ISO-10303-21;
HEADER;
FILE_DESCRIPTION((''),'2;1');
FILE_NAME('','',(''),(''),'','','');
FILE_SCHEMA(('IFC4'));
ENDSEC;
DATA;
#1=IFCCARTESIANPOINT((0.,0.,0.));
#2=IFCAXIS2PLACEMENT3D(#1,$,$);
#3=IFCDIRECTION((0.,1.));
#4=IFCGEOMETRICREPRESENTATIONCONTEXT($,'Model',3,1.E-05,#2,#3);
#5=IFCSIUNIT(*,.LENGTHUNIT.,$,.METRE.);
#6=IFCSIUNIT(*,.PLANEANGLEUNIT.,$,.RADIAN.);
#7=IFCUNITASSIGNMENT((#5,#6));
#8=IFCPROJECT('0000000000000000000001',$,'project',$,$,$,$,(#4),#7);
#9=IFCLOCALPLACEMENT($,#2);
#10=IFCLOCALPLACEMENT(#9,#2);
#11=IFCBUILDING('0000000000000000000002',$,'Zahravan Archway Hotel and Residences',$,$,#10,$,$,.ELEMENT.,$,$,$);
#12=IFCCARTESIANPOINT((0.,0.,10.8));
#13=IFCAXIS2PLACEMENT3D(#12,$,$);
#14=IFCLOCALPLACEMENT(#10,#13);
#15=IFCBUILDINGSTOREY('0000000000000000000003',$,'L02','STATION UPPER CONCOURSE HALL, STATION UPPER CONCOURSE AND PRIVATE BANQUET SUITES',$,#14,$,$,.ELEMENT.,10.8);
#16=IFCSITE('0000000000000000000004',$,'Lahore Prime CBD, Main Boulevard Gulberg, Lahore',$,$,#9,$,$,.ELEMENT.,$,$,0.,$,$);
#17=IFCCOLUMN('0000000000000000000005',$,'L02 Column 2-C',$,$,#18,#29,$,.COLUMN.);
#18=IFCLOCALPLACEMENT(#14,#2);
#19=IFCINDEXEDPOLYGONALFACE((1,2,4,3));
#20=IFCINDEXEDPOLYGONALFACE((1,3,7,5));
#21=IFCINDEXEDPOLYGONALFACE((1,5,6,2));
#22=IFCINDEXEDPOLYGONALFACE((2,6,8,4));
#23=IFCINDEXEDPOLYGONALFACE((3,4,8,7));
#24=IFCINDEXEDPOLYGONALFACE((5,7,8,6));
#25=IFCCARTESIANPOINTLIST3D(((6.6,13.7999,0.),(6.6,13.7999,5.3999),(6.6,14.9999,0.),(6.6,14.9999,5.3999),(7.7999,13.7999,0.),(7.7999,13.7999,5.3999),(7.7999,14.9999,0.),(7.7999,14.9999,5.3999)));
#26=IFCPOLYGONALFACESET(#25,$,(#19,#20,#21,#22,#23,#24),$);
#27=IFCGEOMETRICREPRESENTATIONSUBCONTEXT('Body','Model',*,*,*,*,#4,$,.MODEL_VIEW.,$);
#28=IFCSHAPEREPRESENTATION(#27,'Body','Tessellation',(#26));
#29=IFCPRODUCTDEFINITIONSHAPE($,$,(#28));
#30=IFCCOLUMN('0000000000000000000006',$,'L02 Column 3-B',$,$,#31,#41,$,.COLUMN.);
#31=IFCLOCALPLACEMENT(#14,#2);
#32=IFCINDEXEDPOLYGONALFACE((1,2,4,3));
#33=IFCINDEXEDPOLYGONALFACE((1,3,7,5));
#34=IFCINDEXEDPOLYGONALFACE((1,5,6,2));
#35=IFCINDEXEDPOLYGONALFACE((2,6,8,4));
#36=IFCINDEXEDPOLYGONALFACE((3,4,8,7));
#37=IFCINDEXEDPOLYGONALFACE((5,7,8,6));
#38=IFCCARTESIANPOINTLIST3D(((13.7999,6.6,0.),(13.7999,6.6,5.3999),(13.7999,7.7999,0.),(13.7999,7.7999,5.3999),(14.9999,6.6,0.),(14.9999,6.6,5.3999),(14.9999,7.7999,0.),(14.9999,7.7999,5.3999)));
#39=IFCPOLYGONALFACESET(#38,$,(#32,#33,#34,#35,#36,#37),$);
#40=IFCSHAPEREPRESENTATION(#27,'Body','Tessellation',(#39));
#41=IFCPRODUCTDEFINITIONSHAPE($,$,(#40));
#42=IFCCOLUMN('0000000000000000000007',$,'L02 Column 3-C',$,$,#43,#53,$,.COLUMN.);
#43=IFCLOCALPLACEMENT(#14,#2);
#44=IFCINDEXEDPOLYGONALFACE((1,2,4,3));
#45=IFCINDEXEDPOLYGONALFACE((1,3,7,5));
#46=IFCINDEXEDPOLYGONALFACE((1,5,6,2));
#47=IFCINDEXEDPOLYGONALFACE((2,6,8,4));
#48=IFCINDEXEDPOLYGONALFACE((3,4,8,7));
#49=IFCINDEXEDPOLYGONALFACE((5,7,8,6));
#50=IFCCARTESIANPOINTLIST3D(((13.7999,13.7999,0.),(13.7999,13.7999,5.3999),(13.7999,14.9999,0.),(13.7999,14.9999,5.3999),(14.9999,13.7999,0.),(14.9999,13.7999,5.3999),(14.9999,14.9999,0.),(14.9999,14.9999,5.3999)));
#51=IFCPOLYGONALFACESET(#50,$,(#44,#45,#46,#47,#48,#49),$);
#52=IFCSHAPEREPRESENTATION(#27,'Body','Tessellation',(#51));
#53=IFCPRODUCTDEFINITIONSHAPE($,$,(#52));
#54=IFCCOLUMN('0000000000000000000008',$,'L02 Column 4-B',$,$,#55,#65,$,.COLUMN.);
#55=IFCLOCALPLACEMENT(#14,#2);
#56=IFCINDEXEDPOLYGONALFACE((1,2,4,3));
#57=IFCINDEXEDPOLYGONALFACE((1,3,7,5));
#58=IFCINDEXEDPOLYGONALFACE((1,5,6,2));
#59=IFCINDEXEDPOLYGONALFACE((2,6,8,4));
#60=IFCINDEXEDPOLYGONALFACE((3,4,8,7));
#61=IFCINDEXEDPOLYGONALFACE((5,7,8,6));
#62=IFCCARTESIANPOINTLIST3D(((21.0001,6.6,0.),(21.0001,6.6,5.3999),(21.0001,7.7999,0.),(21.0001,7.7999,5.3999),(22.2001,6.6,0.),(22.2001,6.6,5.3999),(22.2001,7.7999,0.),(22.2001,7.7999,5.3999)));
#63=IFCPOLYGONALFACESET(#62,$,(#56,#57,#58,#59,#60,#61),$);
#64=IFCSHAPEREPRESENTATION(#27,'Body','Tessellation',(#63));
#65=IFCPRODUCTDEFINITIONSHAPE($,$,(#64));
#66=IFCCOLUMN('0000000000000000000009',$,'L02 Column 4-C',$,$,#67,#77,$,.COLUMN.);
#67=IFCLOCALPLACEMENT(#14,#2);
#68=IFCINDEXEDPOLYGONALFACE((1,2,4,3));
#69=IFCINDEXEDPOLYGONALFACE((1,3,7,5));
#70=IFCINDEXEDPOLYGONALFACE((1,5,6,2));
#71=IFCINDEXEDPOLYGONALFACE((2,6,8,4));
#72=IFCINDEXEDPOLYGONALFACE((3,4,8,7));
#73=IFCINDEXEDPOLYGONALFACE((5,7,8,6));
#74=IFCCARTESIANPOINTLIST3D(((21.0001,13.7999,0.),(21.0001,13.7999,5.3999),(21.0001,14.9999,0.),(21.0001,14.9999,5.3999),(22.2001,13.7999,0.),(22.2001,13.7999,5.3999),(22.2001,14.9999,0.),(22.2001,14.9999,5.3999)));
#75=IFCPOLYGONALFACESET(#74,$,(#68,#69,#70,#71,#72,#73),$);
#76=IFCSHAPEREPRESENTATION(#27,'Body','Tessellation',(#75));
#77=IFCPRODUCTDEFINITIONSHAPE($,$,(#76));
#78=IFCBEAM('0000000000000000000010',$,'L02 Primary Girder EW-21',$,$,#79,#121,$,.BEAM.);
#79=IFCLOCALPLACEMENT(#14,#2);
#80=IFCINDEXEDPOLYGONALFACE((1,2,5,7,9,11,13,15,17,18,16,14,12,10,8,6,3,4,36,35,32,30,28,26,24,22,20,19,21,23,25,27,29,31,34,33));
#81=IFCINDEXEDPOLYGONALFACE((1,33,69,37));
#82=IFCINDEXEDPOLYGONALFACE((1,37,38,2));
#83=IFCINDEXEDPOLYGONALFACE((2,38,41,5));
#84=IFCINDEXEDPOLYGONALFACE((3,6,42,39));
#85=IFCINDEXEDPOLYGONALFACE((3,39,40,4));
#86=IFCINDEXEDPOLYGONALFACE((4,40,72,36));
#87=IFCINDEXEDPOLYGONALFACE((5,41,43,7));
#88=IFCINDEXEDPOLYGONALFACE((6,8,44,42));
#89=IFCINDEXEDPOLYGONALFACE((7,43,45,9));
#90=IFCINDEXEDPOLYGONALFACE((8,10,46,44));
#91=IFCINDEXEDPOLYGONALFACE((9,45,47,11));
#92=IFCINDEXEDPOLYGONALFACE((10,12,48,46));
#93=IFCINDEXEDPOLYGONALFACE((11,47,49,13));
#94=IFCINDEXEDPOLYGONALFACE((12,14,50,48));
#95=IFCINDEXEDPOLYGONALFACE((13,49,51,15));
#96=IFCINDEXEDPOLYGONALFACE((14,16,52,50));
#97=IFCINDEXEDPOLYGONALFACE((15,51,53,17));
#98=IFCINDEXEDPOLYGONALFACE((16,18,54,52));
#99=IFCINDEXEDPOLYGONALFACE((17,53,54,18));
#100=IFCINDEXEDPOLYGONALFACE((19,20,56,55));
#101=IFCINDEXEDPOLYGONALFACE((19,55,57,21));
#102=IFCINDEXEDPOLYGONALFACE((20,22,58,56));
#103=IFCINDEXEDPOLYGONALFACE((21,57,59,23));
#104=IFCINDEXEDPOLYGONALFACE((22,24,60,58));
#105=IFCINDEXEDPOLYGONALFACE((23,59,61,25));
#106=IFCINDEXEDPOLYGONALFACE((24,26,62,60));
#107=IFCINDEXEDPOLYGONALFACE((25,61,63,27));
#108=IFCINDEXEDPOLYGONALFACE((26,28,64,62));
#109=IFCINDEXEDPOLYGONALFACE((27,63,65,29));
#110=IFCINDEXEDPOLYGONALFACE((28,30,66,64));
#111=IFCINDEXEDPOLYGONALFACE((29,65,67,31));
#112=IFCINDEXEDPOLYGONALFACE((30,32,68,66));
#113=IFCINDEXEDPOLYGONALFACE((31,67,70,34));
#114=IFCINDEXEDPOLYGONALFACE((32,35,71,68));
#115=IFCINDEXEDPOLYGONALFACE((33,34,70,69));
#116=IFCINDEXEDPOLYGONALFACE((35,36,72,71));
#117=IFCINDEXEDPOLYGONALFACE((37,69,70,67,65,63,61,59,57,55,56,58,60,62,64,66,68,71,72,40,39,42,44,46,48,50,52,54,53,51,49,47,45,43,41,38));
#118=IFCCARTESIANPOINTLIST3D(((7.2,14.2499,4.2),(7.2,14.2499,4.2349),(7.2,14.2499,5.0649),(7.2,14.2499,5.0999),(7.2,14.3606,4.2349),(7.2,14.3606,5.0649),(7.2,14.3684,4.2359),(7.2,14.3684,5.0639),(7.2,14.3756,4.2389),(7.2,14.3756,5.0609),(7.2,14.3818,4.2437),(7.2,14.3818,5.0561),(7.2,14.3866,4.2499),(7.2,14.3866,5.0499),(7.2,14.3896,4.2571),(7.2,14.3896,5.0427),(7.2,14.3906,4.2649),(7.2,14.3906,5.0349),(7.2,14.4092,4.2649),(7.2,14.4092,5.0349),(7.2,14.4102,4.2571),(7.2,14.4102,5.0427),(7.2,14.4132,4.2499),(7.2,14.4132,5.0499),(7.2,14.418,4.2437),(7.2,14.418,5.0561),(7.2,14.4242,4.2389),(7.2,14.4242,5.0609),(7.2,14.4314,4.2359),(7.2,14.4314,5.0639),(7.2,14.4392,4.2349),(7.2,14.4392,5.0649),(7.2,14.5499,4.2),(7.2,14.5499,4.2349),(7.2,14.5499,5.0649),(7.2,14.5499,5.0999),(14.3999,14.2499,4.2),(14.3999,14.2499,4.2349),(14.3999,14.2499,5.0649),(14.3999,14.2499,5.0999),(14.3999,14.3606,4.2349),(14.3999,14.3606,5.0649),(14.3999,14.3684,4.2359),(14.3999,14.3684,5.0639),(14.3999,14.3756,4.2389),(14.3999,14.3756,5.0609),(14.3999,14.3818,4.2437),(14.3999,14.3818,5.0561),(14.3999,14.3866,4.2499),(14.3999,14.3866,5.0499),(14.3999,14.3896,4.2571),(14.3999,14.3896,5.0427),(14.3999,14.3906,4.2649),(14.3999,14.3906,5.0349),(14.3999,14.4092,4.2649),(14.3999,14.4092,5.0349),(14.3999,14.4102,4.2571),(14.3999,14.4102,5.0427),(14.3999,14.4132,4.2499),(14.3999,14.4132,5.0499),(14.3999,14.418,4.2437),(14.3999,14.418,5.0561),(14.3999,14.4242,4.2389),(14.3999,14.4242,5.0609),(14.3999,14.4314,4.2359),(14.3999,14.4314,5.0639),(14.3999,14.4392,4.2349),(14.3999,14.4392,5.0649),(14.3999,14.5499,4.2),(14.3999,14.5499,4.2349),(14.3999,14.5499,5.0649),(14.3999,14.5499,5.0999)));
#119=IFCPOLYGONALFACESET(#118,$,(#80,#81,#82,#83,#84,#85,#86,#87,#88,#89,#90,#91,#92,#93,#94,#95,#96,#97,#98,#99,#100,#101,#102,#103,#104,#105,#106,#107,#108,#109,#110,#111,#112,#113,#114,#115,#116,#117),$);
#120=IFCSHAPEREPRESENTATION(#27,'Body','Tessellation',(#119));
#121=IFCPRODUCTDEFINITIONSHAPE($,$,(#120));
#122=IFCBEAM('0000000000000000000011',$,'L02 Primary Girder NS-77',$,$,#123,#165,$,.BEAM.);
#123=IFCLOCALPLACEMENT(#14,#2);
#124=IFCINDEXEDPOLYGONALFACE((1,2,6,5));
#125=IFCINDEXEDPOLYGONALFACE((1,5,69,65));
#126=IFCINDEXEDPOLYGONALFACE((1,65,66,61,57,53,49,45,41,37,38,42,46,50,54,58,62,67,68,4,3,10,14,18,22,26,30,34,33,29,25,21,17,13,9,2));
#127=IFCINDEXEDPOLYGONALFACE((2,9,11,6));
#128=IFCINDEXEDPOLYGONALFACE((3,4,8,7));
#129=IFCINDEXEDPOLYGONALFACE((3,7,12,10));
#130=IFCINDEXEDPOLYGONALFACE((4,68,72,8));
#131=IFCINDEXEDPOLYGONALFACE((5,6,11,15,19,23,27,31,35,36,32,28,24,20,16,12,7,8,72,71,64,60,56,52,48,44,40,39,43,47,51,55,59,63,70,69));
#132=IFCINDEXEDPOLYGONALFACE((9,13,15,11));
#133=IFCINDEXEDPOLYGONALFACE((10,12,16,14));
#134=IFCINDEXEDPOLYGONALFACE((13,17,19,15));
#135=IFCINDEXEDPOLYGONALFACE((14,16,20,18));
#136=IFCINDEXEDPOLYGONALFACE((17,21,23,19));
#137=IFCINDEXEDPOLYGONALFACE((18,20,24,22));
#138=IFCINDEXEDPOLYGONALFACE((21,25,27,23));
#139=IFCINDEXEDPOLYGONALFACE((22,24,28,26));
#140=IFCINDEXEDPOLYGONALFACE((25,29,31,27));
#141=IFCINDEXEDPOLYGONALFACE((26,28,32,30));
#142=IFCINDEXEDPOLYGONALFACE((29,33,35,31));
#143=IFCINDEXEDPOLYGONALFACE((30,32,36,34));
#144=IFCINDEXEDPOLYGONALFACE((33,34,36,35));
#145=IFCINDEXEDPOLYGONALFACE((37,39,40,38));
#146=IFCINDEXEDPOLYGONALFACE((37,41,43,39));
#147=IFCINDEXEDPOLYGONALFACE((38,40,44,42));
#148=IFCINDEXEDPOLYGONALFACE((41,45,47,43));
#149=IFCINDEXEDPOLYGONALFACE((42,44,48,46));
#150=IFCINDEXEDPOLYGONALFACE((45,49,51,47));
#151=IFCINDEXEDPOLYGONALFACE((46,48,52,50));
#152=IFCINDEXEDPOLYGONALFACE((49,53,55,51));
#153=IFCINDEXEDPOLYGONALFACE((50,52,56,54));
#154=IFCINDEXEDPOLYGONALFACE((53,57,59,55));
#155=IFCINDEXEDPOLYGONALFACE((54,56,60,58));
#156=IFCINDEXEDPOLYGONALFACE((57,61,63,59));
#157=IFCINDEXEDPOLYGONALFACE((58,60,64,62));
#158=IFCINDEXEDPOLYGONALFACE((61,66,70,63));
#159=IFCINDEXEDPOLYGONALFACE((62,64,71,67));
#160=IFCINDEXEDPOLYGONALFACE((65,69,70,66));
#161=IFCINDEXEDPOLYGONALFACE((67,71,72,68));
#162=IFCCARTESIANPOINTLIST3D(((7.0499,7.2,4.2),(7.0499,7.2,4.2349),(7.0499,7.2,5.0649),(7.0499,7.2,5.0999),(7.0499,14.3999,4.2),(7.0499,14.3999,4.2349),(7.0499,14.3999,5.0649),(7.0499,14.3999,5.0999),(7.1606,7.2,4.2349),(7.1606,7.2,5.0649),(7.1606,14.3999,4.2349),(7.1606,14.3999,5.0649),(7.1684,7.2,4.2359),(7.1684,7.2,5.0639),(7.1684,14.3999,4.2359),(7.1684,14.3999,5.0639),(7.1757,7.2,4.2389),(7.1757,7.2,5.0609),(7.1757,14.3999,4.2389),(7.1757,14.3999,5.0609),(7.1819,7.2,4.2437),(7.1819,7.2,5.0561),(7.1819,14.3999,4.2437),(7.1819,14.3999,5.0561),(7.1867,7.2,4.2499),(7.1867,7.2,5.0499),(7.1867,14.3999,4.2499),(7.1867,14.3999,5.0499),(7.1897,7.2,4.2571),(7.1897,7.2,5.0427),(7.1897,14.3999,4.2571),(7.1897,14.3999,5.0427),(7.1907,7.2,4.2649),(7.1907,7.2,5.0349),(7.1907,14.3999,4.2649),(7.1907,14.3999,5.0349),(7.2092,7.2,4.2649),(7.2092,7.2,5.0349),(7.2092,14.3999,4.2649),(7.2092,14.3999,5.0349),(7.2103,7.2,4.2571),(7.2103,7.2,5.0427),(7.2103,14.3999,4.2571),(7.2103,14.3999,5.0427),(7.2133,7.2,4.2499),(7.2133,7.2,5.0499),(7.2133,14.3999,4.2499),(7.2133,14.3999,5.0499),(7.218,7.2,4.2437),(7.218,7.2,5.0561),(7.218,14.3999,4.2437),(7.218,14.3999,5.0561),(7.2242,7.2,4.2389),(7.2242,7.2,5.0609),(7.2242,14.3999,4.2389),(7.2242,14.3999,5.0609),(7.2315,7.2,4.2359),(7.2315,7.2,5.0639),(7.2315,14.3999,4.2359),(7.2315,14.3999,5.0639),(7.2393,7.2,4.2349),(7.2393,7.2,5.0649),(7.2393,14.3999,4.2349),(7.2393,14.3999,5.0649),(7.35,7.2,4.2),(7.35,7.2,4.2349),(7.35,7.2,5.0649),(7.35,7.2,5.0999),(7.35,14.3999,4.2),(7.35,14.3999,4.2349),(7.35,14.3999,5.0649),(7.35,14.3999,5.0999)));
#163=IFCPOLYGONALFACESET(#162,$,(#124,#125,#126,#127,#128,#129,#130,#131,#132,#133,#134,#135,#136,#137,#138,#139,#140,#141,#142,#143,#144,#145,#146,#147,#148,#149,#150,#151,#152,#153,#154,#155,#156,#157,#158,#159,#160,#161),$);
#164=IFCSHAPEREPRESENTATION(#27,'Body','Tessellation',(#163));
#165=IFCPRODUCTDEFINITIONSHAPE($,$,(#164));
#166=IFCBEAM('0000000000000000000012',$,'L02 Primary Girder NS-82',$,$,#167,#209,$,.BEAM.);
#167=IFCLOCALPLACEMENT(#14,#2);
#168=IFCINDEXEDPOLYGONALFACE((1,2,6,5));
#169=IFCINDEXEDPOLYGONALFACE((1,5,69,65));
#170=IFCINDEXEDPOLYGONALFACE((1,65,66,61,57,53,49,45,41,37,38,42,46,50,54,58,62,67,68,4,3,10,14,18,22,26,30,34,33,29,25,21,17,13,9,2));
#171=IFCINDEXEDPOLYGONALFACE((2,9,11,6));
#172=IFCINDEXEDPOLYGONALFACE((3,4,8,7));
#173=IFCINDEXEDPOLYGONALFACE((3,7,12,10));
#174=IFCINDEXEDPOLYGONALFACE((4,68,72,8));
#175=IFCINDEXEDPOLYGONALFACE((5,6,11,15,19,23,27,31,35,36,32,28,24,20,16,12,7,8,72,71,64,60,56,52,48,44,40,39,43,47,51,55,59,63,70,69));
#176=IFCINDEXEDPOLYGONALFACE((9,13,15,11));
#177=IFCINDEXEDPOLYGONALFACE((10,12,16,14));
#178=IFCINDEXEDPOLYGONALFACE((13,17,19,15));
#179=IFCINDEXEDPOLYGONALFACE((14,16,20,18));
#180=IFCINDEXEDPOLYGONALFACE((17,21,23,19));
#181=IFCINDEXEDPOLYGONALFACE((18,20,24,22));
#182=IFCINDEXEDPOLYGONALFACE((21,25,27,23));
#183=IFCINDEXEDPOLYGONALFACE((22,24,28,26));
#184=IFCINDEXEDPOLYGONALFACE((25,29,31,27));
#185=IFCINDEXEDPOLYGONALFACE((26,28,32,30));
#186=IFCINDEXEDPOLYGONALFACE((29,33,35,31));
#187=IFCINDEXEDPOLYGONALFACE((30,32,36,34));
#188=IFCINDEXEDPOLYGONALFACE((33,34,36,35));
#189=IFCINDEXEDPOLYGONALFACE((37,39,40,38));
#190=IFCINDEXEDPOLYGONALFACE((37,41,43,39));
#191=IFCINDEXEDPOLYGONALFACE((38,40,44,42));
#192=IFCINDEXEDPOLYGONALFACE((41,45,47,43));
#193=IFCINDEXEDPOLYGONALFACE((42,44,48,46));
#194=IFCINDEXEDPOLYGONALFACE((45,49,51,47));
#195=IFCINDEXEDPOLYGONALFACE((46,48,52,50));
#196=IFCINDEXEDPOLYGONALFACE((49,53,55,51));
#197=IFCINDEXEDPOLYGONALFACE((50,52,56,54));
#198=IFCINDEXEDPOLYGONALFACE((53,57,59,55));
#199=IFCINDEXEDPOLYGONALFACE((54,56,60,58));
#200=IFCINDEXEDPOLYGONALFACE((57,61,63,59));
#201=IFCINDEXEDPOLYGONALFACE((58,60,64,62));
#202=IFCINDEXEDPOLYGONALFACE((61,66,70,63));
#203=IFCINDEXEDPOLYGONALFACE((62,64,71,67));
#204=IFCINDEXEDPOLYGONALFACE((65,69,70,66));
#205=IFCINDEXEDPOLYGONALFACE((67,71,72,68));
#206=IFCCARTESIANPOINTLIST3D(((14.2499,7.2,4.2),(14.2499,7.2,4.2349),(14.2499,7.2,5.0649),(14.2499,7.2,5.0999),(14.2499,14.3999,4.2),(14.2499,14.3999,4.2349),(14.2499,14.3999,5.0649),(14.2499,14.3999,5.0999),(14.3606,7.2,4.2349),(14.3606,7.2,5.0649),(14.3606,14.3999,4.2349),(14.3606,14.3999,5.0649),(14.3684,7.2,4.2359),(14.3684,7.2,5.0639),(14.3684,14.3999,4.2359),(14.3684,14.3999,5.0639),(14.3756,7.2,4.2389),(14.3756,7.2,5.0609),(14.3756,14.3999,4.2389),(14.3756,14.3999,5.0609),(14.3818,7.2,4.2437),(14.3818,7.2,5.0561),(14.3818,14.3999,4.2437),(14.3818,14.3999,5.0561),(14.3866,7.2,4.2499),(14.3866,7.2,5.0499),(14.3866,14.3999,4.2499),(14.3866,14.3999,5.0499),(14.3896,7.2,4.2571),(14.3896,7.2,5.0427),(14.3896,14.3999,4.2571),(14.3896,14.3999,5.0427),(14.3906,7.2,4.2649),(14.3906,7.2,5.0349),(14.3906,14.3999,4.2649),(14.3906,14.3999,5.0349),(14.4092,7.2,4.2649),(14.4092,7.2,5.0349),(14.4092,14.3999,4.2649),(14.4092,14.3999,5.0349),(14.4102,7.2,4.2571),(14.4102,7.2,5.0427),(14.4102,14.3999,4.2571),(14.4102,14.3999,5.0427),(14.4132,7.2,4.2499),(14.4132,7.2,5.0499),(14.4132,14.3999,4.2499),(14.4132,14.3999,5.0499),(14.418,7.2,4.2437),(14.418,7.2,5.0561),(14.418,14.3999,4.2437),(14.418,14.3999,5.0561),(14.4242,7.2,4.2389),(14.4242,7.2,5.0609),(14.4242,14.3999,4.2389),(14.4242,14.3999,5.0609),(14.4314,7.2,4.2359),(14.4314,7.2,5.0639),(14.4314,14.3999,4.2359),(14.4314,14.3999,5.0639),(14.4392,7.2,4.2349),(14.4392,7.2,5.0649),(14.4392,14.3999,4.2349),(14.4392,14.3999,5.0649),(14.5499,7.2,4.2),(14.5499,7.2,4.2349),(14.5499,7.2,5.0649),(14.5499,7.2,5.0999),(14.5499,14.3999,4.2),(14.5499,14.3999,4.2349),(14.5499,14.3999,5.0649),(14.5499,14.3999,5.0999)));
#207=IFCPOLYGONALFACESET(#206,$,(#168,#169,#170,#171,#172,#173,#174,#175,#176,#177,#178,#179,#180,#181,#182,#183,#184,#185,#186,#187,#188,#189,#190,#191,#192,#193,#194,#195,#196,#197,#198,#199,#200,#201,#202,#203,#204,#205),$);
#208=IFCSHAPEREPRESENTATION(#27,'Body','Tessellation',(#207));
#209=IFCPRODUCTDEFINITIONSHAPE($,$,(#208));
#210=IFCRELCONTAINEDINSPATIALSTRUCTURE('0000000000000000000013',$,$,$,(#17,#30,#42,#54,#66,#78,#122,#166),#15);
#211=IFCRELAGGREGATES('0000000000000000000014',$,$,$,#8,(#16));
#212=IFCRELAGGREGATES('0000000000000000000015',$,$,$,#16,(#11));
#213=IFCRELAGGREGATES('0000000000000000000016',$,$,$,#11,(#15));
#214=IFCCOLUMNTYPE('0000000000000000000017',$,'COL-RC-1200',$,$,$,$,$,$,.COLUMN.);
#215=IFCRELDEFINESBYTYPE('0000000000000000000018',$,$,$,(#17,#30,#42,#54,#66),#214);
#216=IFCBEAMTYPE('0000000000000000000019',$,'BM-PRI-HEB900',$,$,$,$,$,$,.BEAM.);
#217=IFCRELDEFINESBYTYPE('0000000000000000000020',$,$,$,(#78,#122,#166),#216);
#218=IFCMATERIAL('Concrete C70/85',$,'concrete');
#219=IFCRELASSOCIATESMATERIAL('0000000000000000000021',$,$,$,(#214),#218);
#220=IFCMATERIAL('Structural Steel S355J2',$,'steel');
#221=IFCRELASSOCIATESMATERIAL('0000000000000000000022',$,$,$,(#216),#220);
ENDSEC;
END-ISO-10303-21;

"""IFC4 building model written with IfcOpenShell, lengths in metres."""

from ifc_helpers import new_model, si_unit, direction, frame, origin, origin_2d, place, context, subcontext, project, spatial, rectangle, i_section, extrude, source, transform, mapped, material, material_profile, profile_set, type_object, element, save


model = new_model("IFC4")

# Units and contexts
model_context = context("Model", 3, precision=1e-05, world=origin(), true_north=direction((0.0, 1.0)))
body_context = subcontext(model_context, "Body", "Model", "MODEL_VIEW")
ifc_project = project(units=[si_unit("LENGTHUNIT", "METRE"), si_unit("PLANEANGLEUNIT", "RADIAN")], contexts=[model_context])

# Site, building, storey
site_placement = place(None, origin())
site = spatial("IfcSite", under=ifc_project, at=site_placement, Name="Lahore Prime CBD, Main Boulevard Gulberg, Lahore", CompositionType="ELEMENT", RefElevation=0.0)
building_placement = place(site_placement, origin())
building = spatial("IfcBuilding", under=site, at=building_placement, Name="Zahravan Archway Hotel and Residences", CompositionType="ELEMENT")
storey_placement = place(building_placement, frame((0.0, 0.0, 10.8)))
storey = spatial("IfcBuildingStorey", under=building, at=storey_placement, Name="L02", Description="STATION UPPER CONCOURSE HALL, STATION UPPER CONCOURSE AND PRIVATE BANQUET SUITES", CompositionType="ELEMENT", Elevation=10.8)

# Columns
ifc_material_1 = material(Name="Concrete C70/85", Category="concrete")
ifc_material_profile_1 = material_profile(ifc_material_1, rectangle(XDim=1.2, YDim=1.2, at=origin_2d()), Name="RC-COL-1200x1200", Category="concrete")
ifc_profile_set_1 = profile_set([ifc_material_profile_1], Name="Concrete C70/85")
column_type = type_object("IfcColumnType", Name="COL-RC-1200", PredefinedType="COLUMN", material=ifc_profile_set_1)
shared_shape_1 = source(origin(), body_context, "Body", "SweptSolid", [
    extrude(rectangle(XDim=1.2, YDim=1.2, at=origin_2d()), origin(), (0.0, 0.0, 1.0), 5.3999),
])
for number, where, z_axis, x_axis, name in (
    (1, (7.2, 14.3999, 0.0), (0.0, 0.0, 1.0), (1.0, 0.0, 0.0), "L02 Column 2-C"),
    (2, (14.3999, 7.2, 0.0), (0.0, 0.0, 1.0), (1.0, 0.0, 0.0), "L02 Column 3-B"),
    (3, (14.3999, 14.3999, 0.0), (0.0, 0.0, 1.0), (1.0, 0.0, 0.0), "L02 Column 3-C"),
    (4, (21.6001, 7.2, 0.0), (0.0, 0.0, 1.0), (1.0, 0.0, 0.0), "L02 Column 4-B"),
    (5, (21.6001, 14.3999, 0.0), (0.0, 0.0, 1.0), (1.0, 0.0, 0.0), "L02 Column 4-C"),
):
    element("IfcColumn", number, at=place(storey_placement, frame(where, z_axis=z_axis, x_axis=x_axis)), inside=storey, type_object=column_type, Name=name, PredefinedType="COLUMN", context=body_context, shape_type="MappedRepresentation", body=[
        mapped(shared_shape_1, transform((0.0, 0.0, 0.0), scale=1.0)),
    ])

# Beams
ifc_material_2 = material(Name="Structural Steel S355J2", Category="steel")
ifc_material_profile_2 = material_profile(ifc_material_2, i_section(OverallWidth=0.3, OverallDepth=0.8999, WebThickness=0.0186, FlangeThickness=0.0349, FilletRadius=0.03, at=origin_2d()), Name="HEB 900", Category="steel")
ifc_profile_set_2 = profile_set([ifc_material_profile_2], Name="Structural Steel S355J2")
beam_type_1 = type_object("IfcBeamType", Name="BM-PRI-HEB900", PredefinedType="BEAM", material=ifc_profile_set_2)
shared_shape_2 = source(origin(), body_context, "Body", "SweptSolid", [
    extrude(i_section(OverallWidth=0.3, OverallDepth=0.8999, WebThickness=0.0186, FlangeThickness=0.0349, FilletRadius=0.03, at=origin_2d()), origin(), (0.0, 0.0, 1.0), 7.2),
])
for number, where, z_axis, x_axis, name in (
    (6, (7.2, 14.3999, 4.6499), (1.0, 0.0, 0.0), (0.0, 1.0, 0.0), "L02 Primary Girder EW-21"),
    (7, (7.2, 7.2, 4.6499), (0.0, 1.0, 0.0), (-1.0, 0.0, 0.0), "L02 Primary Girder NS-77"),
    (8, (14.3999, 7.2, 4.6499), (0.0, 1.0, 0.0), (-1.0, 0.0, 0.0), "L02 Primary Girder NS-82"),
):
    element("IfcBeam", number, at=place(storey_placement, frame(where, z_axis=z_axis, x_axis=x_axis)), inside=storey, type_object=beam_type_1, Name=name, PredefinedType="BEAM", context=body_context, shape_type="MappedRepresentation", body=[
        mapped(shared_shape_2, transform((0.0, 0.0, 0.0), scale=1.0)),
    ])

save(model, "model.ifc")
